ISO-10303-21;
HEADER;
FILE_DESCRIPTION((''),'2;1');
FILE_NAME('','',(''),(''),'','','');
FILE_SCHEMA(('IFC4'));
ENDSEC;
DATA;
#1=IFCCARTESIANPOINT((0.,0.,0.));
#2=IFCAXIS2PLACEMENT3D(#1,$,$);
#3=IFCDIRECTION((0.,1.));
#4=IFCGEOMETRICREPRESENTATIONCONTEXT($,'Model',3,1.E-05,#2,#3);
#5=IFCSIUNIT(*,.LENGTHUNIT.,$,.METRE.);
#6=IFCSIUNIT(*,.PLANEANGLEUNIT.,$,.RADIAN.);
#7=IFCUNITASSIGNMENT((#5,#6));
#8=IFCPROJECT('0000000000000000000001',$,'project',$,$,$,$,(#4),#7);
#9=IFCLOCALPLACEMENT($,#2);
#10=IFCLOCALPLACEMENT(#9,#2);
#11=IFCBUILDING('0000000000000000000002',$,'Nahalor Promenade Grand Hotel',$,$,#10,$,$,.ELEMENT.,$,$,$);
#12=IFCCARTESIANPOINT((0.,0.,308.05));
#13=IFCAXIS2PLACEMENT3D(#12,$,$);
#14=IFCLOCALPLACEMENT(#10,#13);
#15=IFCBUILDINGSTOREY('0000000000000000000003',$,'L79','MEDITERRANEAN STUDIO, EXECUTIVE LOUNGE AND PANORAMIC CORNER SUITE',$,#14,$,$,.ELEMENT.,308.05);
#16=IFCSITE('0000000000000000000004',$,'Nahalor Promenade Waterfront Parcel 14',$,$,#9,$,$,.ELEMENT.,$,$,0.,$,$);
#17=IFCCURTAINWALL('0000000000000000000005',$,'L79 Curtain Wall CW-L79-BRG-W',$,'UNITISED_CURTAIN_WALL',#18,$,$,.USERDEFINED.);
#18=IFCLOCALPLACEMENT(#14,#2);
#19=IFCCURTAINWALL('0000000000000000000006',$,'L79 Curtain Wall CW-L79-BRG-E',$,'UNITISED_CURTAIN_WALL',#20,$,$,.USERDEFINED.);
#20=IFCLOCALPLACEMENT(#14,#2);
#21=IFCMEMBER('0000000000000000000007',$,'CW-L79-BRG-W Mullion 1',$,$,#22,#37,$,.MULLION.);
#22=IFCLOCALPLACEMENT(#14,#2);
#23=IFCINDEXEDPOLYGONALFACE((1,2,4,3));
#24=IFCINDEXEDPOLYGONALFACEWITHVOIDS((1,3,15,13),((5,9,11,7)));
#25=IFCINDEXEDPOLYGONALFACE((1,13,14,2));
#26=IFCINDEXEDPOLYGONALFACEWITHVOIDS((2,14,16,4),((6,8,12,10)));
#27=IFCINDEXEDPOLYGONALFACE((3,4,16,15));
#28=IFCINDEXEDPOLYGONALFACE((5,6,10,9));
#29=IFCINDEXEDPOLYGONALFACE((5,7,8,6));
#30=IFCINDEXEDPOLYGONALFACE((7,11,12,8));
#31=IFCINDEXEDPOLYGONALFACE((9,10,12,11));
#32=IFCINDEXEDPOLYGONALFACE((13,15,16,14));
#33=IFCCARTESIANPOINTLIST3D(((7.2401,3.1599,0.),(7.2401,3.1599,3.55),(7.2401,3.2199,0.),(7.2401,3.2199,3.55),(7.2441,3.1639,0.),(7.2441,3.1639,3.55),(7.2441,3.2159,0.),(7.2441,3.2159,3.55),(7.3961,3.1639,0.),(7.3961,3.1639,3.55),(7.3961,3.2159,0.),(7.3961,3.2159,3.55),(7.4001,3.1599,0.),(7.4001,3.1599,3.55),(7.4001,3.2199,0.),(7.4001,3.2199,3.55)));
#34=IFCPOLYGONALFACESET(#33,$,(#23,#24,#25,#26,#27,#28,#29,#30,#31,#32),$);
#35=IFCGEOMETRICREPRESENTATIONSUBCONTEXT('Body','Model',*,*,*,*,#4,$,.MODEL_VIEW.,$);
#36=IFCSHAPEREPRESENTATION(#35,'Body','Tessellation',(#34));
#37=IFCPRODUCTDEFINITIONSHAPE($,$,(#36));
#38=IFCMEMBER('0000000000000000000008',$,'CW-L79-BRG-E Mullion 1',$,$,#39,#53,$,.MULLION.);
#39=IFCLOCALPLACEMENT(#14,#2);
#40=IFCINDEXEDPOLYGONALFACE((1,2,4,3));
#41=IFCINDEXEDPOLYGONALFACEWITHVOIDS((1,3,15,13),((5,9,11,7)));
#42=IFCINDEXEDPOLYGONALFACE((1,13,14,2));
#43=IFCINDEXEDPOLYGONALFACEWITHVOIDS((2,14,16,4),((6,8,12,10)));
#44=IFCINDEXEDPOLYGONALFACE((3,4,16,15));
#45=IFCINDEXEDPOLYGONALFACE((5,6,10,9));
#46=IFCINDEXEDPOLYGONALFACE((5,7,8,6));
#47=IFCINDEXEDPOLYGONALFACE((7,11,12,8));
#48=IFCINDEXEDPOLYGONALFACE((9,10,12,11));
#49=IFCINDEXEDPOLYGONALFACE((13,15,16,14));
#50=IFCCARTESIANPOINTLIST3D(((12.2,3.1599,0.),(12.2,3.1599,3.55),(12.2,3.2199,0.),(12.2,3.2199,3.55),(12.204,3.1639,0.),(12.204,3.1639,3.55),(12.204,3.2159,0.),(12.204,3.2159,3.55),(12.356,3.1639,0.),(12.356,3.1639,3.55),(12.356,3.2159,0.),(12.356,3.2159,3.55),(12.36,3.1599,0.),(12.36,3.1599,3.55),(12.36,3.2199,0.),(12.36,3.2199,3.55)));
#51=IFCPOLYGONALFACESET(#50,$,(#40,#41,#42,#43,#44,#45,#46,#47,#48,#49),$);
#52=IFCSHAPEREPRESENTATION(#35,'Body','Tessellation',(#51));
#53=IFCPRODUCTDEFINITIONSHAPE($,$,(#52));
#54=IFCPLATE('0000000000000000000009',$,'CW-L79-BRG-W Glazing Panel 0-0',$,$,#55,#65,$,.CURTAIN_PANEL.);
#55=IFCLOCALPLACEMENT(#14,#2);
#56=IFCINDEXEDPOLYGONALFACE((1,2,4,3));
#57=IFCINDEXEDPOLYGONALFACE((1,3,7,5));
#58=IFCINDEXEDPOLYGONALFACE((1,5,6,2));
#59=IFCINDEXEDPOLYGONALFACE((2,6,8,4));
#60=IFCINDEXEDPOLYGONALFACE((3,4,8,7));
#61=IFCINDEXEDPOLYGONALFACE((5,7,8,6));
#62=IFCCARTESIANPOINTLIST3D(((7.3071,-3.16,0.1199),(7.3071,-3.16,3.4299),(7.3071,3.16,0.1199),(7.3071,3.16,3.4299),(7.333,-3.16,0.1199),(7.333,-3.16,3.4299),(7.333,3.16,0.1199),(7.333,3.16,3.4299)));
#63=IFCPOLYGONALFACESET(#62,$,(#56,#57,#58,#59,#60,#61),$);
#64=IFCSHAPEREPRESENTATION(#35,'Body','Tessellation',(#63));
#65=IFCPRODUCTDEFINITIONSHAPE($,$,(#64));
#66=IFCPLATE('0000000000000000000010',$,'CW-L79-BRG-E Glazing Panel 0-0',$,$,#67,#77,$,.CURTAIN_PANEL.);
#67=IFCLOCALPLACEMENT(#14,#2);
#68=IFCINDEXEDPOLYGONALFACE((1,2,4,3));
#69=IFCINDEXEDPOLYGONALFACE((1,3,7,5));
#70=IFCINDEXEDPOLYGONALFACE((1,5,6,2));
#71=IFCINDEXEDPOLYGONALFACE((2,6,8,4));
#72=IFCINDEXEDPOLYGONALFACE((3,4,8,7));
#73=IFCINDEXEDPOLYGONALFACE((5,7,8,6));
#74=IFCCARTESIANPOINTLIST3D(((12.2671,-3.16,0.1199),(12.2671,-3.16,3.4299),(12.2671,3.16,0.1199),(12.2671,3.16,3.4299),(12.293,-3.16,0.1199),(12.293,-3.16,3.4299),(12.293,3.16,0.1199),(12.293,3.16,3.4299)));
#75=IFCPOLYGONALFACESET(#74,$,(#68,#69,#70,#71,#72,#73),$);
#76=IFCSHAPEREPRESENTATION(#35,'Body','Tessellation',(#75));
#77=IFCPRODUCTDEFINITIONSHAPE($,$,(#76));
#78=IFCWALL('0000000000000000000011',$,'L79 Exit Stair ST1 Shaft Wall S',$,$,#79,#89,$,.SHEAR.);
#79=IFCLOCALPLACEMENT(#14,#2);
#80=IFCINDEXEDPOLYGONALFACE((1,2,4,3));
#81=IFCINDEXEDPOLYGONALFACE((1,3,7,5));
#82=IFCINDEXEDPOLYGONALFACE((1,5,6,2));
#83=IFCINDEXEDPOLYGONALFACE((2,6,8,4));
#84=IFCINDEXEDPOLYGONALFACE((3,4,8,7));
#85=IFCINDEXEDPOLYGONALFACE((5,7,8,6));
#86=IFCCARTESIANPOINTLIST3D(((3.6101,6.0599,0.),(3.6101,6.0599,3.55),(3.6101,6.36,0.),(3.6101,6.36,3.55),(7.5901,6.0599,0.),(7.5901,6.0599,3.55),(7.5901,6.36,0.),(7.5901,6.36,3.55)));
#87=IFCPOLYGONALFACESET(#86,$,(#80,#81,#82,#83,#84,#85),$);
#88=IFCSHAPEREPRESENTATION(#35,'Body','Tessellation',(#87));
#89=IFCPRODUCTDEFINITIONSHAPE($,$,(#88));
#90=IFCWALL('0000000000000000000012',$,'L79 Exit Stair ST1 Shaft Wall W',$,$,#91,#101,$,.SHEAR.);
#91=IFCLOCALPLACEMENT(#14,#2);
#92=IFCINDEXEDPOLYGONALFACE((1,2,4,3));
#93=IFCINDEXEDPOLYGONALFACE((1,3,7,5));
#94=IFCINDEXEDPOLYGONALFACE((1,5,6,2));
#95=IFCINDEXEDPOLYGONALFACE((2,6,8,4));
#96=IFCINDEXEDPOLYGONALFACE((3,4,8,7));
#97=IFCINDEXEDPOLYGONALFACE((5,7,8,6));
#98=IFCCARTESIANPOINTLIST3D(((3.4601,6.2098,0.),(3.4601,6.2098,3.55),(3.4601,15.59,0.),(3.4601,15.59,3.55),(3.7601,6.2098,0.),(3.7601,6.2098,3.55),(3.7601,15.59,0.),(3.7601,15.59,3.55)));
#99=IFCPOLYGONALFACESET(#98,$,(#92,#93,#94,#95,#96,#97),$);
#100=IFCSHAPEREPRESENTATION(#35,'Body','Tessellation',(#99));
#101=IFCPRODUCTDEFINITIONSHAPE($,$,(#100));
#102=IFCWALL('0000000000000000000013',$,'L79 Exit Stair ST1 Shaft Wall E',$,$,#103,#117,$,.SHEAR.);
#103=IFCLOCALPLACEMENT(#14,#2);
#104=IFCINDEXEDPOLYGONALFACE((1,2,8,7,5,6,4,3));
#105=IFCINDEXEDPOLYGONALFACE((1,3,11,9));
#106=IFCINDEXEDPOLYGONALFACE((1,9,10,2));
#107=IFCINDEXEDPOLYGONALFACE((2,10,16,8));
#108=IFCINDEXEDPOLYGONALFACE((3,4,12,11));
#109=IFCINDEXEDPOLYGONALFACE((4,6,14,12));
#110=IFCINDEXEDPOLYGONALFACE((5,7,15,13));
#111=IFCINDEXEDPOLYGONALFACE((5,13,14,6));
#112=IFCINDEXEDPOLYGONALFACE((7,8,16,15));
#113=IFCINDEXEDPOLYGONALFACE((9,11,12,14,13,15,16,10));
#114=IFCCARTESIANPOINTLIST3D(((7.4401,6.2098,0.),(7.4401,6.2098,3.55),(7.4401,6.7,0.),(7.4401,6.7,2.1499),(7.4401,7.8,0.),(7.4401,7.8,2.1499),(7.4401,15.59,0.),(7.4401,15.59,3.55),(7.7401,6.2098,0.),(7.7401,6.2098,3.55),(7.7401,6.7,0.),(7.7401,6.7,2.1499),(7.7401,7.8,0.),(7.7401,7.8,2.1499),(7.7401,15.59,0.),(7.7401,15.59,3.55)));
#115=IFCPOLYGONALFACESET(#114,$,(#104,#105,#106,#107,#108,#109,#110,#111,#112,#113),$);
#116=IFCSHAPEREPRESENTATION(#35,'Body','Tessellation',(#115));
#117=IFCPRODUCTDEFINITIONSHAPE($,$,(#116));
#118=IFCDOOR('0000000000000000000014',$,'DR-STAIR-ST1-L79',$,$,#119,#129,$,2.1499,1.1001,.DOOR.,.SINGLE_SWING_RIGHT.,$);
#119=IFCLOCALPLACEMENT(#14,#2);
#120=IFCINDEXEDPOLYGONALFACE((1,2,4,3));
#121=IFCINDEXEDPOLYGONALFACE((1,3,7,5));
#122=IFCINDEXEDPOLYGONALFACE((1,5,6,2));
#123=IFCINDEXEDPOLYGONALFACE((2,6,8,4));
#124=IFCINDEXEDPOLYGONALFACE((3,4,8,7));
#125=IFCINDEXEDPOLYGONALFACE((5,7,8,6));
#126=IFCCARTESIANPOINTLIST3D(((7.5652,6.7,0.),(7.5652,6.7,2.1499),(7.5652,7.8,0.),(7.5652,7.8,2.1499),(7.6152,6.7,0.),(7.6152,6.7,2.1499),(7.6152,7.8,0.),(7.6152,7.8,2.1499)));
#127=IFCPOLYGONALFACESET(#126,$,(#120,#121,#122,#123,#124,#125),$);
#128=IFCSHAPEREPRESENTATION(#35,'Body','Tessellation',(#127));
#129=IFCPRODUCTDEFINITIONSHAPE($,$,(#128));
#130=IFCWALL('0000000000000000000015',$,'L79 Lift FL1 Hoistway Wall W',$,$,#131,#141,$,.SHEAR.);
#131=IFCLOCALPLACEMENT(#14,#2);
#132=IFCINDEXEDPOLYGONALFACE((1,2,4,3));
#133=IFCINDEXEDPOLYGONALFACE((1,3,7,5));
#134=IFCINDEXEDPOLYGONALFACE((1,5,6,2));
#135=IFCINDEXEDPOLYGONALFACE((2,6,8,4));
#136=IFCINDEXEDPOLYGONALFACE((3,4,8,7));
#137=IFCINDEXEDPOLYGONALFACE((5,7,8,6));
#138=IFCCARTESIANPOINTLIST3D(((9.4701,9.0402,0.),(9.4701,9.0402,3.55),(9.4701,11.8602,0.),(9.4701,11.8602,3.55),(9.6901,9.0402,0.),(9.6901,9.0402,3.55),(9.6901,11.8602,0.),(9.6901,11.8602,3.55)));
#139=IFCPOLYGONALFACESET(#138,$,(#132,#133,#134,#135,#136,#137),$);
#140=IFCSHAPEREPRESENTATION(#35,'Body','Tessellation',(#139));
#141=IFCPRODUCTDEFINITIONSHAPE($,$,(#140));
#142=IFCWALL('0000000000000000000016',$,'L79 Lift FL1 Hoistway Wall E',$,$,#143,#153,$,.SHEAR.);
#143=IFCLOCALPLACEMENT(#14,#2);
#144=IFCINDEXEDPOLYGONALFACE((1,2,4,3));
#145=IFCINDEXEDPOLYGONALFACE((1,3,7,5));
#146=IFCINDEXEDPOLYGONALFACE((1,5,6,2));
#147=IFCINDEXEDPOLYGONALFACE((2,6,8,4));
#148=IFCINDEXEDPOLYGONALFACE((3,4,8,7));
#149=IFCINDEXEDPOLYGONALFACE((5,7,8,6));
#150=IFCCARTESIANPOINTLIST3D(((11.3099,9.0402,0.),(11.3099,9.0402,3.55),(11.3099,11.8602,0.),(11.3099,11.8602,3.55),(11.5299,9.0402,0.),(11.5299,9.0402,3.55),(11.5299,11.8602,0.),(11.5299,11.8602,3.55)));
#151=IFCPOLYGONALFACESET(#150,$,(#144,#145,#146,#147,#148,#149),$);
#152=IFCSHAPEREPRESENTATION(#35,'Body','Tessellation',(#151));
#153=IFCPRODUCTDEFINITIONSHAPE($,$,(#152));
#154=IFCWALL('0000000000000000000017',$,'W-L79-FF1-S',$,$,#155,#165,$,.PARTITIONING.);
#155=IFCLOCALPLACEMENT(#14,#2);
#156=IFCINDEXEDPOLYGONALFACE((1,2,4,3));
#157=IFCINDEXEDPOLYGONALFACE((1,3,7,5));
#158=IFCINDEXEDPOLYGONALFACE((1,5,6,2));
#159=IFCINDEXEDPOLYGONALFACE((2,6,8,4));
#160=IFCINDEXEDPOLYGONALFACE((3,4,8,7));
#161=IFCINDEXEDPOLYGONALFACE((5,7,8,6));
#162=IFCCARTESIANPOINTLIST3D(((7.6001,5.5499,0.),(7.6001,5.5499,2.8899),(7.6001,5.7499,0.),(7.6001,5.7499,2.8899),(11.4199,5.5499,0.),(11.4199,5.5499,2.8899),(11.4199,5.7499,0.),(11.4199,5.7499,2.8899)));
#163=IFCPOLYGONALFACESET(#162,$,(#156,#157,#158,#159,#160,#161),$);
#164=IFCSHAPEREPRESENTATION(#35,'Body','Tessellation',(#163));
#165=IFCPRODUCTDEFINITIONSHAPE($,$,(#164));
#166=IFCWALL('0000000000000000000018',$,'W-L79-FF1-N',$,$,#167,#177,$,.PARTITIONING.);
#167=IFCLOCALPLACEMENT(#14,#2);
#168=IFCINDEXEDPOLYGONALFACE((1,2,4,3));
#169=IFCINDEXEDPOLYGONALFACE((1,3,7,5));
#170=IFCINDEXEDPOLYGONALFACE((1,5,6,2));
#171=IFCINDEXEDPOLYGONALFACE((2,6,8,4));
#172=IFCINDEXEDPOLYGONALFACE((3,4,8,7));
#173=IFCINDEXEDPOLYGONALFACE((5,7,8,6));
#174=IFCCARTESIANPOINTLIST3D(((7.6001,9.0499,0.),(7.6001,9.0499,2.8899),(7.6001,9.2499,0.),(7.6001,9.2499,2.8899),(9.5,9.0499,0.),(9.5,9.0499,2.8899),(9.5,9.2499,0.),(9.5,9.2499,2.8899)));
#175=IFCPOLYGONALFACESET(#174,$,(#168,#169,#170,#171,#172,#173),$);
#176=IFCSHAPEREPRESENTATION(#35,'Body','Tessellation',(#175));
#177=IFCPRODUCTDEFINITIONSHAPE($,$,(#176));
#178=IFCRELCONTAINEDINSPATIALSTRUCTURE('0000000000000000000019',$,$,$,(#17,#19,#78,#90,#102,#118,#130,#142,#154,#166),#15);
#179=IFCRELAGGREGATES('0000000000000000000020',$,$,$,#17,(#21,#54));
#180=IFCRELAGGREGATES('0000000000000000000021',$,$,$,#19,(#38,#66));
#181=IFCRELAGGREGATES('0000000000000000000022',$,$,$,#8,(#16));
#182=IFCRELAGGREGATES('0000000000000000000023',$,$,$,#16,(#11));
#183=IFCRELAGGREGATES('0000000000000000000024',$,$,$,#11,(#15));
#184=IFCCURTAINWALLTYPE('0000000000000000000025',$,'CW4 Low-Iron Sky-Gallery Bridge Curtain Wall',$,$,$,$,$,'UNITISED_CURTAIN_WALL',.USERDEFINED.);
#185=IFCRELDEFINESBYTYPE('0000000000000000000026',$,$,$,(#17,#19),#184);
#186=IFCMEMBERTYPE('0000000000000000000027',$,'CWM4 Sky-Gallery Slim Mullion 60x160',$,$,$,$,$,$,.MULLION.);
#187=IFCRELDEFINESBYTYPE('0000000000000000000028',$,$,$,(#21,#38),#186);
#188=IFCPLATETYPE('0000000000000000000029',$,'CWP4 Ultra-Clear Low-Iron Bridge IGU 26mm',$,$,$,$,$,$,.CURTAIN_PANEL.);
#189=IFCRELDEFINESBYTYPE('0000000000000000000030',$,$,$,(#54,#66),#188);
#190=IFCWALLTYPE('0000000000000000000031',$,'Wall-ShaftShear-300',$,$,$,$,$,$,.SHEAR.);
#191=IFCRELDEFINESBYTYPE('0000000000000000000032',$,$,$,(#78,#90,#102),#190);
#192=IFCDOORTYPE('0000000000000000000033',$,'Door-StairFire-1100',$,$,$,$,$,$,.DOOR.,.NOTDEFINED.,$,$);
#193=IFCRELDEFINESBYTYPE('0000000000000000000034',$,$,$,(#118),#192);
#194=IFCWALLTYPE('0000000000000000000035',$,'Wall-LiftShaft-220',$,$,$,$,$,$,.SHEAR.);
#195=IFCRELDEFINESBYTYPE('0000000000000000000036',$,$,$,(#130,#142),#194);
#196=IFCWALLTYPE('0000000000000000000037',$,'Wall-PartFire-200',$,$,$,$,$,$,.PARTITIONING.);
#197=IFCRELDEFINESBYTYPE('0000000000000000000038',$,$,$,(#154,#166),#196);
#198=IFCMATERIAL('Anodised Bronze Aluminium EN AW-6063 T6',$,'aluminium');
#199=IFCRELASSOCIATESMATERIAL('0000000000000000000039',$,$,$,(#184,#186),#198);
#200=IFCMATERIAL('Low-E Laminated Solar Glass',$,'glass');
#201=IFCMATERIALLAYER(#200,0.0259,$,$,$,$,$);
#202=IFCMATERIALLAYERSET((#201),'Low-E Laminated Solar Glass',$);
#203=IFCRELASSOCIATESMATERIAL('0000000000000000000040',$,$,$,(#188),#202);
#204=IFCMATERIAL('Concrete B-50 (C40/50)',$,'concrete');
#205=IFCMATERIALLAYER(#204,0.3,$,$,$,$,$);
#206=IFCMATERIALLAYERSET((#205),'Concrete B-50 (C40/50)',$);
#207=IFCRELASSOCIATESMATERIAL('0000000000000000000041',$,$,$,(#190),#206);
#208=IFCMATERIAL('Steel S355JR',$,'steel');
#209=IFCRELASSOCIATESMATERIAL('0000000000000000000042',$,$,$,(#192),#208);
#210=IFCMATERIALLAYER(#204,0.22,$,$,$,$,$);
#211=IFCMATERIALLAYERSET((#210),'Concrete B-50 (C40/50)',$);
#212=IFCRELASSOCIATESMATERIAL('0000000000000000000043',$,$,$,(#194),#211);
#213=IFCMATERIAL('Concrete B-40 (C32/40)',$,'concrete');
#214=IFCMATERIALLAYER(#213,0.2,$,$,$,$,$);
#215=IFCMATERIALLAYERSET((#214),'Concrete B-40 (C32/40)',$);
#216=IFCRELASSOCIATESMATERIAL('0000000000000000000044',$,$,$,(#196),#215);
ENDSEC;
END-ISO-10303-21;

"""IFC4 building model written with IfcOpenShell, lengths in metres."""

from ifc_helpers import new_model, si_unit, direction, frame, frame_2d, origin, origin_2d, place, context, subcontext, project, spatial, rectangle, hollow_rectangle, extrude, source, transform, mapped, material, layer, layer_set, material_profile, profile_set, type_object, element, fill, aggregate, save


model = new_model("IFC4")

# Units and contexts
model_context = context("Model", 3, precision=1e-05, world=origin(), true_north=direction((0.0, 1.0)))
body_context = subcontext(model_context, "Body", "Model", "MODEL_VIEW")
ifc_project = project(units=[si_unit("LENGTHUNIT", "METRE"), si_unit("PLANEANGLEUNIT", "RADIAN")], contexts=[model_context])

# Site, building, storey
site_placement = place(None, origin())
site = spatial("IfcSite", under=ifc_project, at=site_placement, Name="Nahalor Promenade Waterfront Parcel 14", CompositionType="ELEMENT", RefElevation=0.0)
building_placement = place(site_placement, origin())
building = spatial("IfcBuilding", under=site, at=building_placement, Name="Nahalor Promenade Grand Hotel", CompositionType="ELEMENT")
storey_placement = place(building_placement, frame((0.0, 0.0, 308.05)))
storey = spatial("IfcBuildingStorey", under=building, at=storey_placement, Name="L79", Description="MEDITERRANEAN STUDIO, EXECUTIVE LOUNGE AND PANORAMIC CORNER SUITE", CompositionType="ELEMENT", Elevation=308.05)

# Shared definitions
ifc_material_1 = material(Name="Steel S355JR", Category="steel")

# Curtain walls
ifc_material_2 = material(Name="Anodised Bronze Aluminium EN AW-6063 T6", Category="aluminium")
curtain_wall_type_1 = type_object("IfcCurtainWallType", Name="CW4 Low-Iron Sky-Gallery Bridge Curtain Wall", ElementType="UNITISED_CURTAIN_WALL", PredefinedType="USERDEFINED", material=ifc_material_2)
curtain_wall_1_placement = place(storey_placement, origin())
curtain_wall_1 = element("IfcCurtainWall", 1, at=curtain_wall_1_placement, inside=storey, type_object=curtain_wall_type_1, Name="L79 Curtain Wall CW-L79-BRG-W", ObjectType="UNITISED_CURTAIN_WALL", PredefinedType="USERDEFINED")
curtain_wall_2_placement = place(storey_placement, origin())
curtain_wall_2 = element("IfcCurtainWall", 2, at=curtain_wall_2_placement, inside=storey, type_object=curtain_wall_type_1, Name="L79 Curtain Wall CW-L79-BRG-E", ObjectType="UNITISED_CURTAIN_WALL", PredefinedType="USERDEFINED")

# Members
ifc_material_profile_1 = material_profile(ifc_material_2, hollow_rectangle(XDim=0.06, YDim=0.16, WallThickness=0.004, at=origin_2d()), Name="CWM 60x160x4")
ifc_profile_set_1 = profile_set([ifc_material_profile_1], Name="Anodised Bronze Aluminium EN AW-6063 T6")
member_type_1 = type_object("IfcMemberType", Name="CWM4 Sky-Gallery Slim Mullion 60x160", PredefinedType="MULLION", material=ifc_profile_set_1)
shared_shape_1 = source(origin(), body_context, "Body", "SweptSolid", [
    extrude(hollow_rectangle(XDim=0.06, YDim=0.16, WallThickness=0.004, at=origin_2d()), origin(), (0.0, 0.0, 1.0), 3.55),
])
member_1_placement = place(storey_placement, frame((7.3201, 3.1899, 0.0), z_axis=(0.0, 0.0, 1.0), x_axis=(0.0, 1.0, 0.0)))
member_1 = element("IfcMember", 3, at=member_1_placement, type_object=member_type_1, Name="CW-L79-BRG-W Mullion 1", PredefinedType="MULLION", context=body_context, shape_type="MappedRepresentation", body=[
    mapped(shared_shape_1, transform((0.0, 0.0, 0.0), scale=1.0)),
])
member_2_placement = place(storey_placement, frame((12.28, 3.1899, 0.0), z_axis=(0.0, 0.0, 1.0), x_axis=(0.0, 1.0, 0.0)))
member_2 = element("IfcMember", 4, at=member_2_placement, type_object=member_type_1, Name="CW-L79-BRG-E Mullion 1", PredefinedType="MULLION", context=body_context, shape_type="MappedRepresentation", body=[
    mapped(shared_shape_1, transform((0.0, 0.0, 0.0), scale=1.0)),
])

# Plates
ifc_material_3 = material(Name="Low-E Laminated Solar Glass", Category="glass")
ifc_layer_1 = layer(ifc_material_3, 0.0259)
ifc_layer_set_1 = layer_set([ifc_layer_1], Name="Low-E Laminated Solar Glass")
plate_type = type_object("IfcPlateType", Name="CWP4 Ultra-Clear Low-Iron Bridge IGU 26mm", PredefinedType="CURTAIN_PANEL", material=ifc_layer_set_1)
shared_shape_2 = source(origin(), body_context, "Body", "SweptSolid", [
    extrude(rectangle(XDim=6.3201, YDim=0.0259, at=origin_2d()), origin(), (0.0, 0.0, 1.0), 3.3101),
])
plate_1_placement = place(storey_placement, frame((7.3201, 0.0, 0.1199), z_axis=(0.0, 0.0, 1.0), x_axis=(0.0, 1.0, 0.0)))
plate_1 = element("IfcPlate", 5, at=plate_1_placement, type_object=plate_type, Name="CW-L79-BRG-W Glazing Panel 0-0", PredefinedType="CURTAIN_PANEL", context=body_context, shape_type="MappedRepresentation", body=[
    mapped(shared_shape_2, transform((0.0, 0.0, 0.0), scale=1.0)),
])
aggregate(curtain_wall_1, [member_1, plate_1])
plate_2_placement = place(storey_placement, frame((12.28, 0.0, 0.1199), z_axis=(0.0, 0.0, 1.0), x_axis=(0.0, 1.0, 0.0)))
plate_2 = element("IfcPlate", 6, at=plate_2_placement, type_object=plate_type, Name="CW-L79-BRG-E Glazing Panel 0-0", PredefinedType="CURTAIN_PANEL", context=body_context, shape_type="MappedRepresentation", body=[
    mapped(shared_shape_2, transform((0.0, 0.0, 0.0), scale=1.0)),
])
aggregate(curtain_wall_2, [member_2, plate_2])

# Walls
ifc_material_4 = material(Name="Concrete B-50 (C40/50)", Category="concrete")
ifc_layer_2 = layer(ifc_material_4, 0.3)
ifc_layer_set_2 = layer_set([ifc_layer_2], Name="Concrete B-50 (C40/50)")
wall_type_1 = type_object("IfcWallType", Name="Wall-ShaftShear-300", PredefinedType="SHEAR", material=ifc_layer_set_2)
shared_shape_3 = source(origin(), body_context, "Body", "SweptSolid", [
    extrude(rectangle(XDim=3.98, YDim=0.3, at=frame_2d((1.99, 0.0))), origin(), (0.0, 0.0, 1.0), 3.55),
])
wall_1_placement = place(storey_placement, frame((3.6101, 6.21, 0.0), z_axis=(0.0, 0.0, 1.0), x_axis=(1.0, 0.0, 0.0)))
element("IfcWall", 7, at=wall_1_placement, inside=storey, type_object=wall_type_1, Name="L79 Exit Stair ST1 Shaft Wall S", PredefinedType="SHEAR", context=body_context, shape_type="MappedRepresentation", body=[
    mapped(shared_shape_3, transform((0.0, 0.0, 0.0), scale=1.0)),
])
shared_shape_4 = source(origin(), body_context, "Body", "SweptSolid", [
    extrude(rectangle(XDim=9.3801, YDim=0.3, at=frame_2d((4.6899, 0.0))), origin(), (0.0, 0.0, 1.0), 3.55),
])
wall_2_placement = place(storey_placement, frame((3.6101, 6.21, 0.0), z_axis=(0.0, 0.0, 1.0), x_axis=(0.0, 1.0, 0.0)))
element("IfcWall", 8, at=wall_2_placement, inside=storey, type_object=wall_type_1, Name="L79 Exit Stair ST1 Shaft Wall W", PredefinedType="SHEAR", context=body_context, shape_type="MappedRepresentation", body=[
    mapped(shared_shape_4, transform((0.0, 0.0, 0.0), scale=1.0)),
])

# Wall, opening, door
wall_3_placement = place(storey_placement, frame((7.5901, 6.21, 0.0), z_axis=(0.0, 0.0, 1.0), x_axis=(0.0, 1.0, 0.0)))
wall_3 = element("IfcWall", 9, at=wall_3_placement, inside=storey, type_object=wall_type_1, Name="L79 Exit Stair ST1 Shaft Wall E", PredefinedType="SHEAR", context=body_context, shape_type="MappedRepresentation", body=[
    mapped(shared_shape_4, transform((0.0, 0.0, 0.0), scale=1.0)),
])
opening_1_placement = place(wall_3_placement, frame((0.49, 0.0, 0.0)))
opening_1 = element("IfcOpeningElement", 10, at=opening_1_placement, cuts=wall_3, PredefinedType="OPENING", context=body_context, shape_type="SweptSolid", body=[
    extrude(rectangle(XDim=1.1001, YDim=2.1499, at=frame_2d((0.55, 1.075))), frame((0.0, 0.1599, 0.0), z_axis=(0.0, -1.0, 0.0), x_axis=(1.0, 0.0, 0.0)), (0.0, 0.0, 1.0), 0.3201),
])
door_type_1 = type_object("IfcDoorType", Name="Door-StairFire-1100", OperationType="NOTDEFINED", PredefinedType="DOOR", material=ifc_material_1)
shared_shape_5 = source(origin(), body_context, "Body", "SweptSolid", [
    extrude(rectangle(XDim=1.1001, YDim=2.1499, at=frame_2d((0.55, 1.075))), frame((0.0, 0.0249, 0.0), z_axis=(0.0, -1.0, 0.0), x_axis=(1.0, 0.0, 0.0)), (0.0, 0.0, 1.0), 0.05),
])
door_1_placement = place(opening_1_placement, origin())
door_1 = element("IfcDoor", 11, at=door_1_placement, inside=storey, type_object=door_type_1, Name="DR-STAIR-ST1-L79", OperationType="SINGLE_SWING_RIGHT", OverallHeight=2.1499, OverallWidth=1.1001, PredefinedType="DOOR", context=body_context, shape_type="MappedRepresentation", body=[
    mapped(shared_shape_5, transform((0.0, 0.0, 0.0), scale=1.0)),
])
fill(opening_1, door_1)

# Walls
ifc_layer_3 = layer(ifc_material_4, 0.22)
ifc_layer_set_3 = layer_set([ifc_layer_3], Name="Concrete B-50 (C40/50)")
wall_type_2 = type_object("IfcWallType", Name="Wall-LiftShaft-220", PredefinedType="SHEAR", material=ifc_layer_set_3)
shared_shape_6 = source(origin(), body_context, "Body", "SweptSolid", [
    extrude(rectangle(XDim=2.8201, YDim=0.22, at=frame_2d((1.4102, 0.0))), origin(), (0.0, 0.0, 1.0), 3.55),
])
for number, where, z_axis, x_axis, name in (
    (12, (9.5801, 9.04, 0.0), (0.0, 0.0, 1.0), (0.0, 1.0, 0.0), "L79 Lift FL1 Hoistway Wall W"),
    (13, (11.4199, 9.04, 0.0), (0.0, 0.0, 1.0), (0.0, 1.0, 0.0), "L79 Lift FL1 Hoistway Wall E"),
):
    element("IfcWall", number, at=place(storey_placement, frame(where, z_axis=z_axis, x_axis=x_axis)), inside=storey, type_object=wall_type_2, Name=name, PredefinedType="SHEAR", context=body_context, shape_type="MappedRepresentation", body=[
        mapped(shared_shape_6, transform((0.0, 0.0, 0.0), scale=1.0)),
    ])
ifc_material_5 = material(Name="Concrete B-40 (C32/40)", Category="concrete")
ifc_layer_4 = layer(ifc_material_5, 0.2)
ifc_layer_set_4 = layer_set([ifc_layer_4], Name="Concrete B-40 (C32/40)")
wall_type_3 = type_object("IfcWallType", Name="Wall-PartFire-200", PredefinedType="PARTITIONING", material=ifc_layer_set_4)
shared_shape_7 = source(origin(), body_context, "Body", "SweptSolid", [
    extrude(rectangle(XDim=3.8198, YDim=0.2, at=frame_2d((1.9099, 0.0))), origin(), (0.0, 0.0, 1.0), 2.8899),
])
wall_4_placement = place(storey_placement, frame((7.6001, 5.6499, 0.0), z_axis=(0.0, 0.0, 1.0), x_axis=(1.0, 0.0, 0.0)))
element("IfcWall", 14, at=wall_4_placement, inside=storey, type_object=wall_type_3, Name="W-L79-FF1-S", PredefinedType="PARTITIONING", context=body_context, shape_type="MappedRepresentation", body=[
    mapped(shared_shape_7, transform((0.0, 0.0, 0.0), scale=1.0)),
])
shared_shape_8 = source(origin(), body_context, "Body", "SweptSolid", [
    extrude(rectangle(XDim=1.8999, YDim=0.2, at=frame_2d((0.95, 0.0))), origin(), (0.0, 0.0, 1.0), 2.8899),
])
wall_5_placement = place(storey_placement, frame((7.6001, 9.1499, 0.0), z_axis=(0.0, 0.0, 1.0), x_axis=(1.0, 0.0, 0.0)))
element("IfcWall", 15, at=wall_5_placement, inside=storey, type_object=wall_type_3, Name="W-L79-FF1-N", PredefinedType="PARTITIONING", context=body_context, shape_type="MappedRepresentation", body=[
    mapped(shared_shape_8, transform((0.0, 0.0, 0.0), scale=1.0)),
])

save(model, "model.ifc")
